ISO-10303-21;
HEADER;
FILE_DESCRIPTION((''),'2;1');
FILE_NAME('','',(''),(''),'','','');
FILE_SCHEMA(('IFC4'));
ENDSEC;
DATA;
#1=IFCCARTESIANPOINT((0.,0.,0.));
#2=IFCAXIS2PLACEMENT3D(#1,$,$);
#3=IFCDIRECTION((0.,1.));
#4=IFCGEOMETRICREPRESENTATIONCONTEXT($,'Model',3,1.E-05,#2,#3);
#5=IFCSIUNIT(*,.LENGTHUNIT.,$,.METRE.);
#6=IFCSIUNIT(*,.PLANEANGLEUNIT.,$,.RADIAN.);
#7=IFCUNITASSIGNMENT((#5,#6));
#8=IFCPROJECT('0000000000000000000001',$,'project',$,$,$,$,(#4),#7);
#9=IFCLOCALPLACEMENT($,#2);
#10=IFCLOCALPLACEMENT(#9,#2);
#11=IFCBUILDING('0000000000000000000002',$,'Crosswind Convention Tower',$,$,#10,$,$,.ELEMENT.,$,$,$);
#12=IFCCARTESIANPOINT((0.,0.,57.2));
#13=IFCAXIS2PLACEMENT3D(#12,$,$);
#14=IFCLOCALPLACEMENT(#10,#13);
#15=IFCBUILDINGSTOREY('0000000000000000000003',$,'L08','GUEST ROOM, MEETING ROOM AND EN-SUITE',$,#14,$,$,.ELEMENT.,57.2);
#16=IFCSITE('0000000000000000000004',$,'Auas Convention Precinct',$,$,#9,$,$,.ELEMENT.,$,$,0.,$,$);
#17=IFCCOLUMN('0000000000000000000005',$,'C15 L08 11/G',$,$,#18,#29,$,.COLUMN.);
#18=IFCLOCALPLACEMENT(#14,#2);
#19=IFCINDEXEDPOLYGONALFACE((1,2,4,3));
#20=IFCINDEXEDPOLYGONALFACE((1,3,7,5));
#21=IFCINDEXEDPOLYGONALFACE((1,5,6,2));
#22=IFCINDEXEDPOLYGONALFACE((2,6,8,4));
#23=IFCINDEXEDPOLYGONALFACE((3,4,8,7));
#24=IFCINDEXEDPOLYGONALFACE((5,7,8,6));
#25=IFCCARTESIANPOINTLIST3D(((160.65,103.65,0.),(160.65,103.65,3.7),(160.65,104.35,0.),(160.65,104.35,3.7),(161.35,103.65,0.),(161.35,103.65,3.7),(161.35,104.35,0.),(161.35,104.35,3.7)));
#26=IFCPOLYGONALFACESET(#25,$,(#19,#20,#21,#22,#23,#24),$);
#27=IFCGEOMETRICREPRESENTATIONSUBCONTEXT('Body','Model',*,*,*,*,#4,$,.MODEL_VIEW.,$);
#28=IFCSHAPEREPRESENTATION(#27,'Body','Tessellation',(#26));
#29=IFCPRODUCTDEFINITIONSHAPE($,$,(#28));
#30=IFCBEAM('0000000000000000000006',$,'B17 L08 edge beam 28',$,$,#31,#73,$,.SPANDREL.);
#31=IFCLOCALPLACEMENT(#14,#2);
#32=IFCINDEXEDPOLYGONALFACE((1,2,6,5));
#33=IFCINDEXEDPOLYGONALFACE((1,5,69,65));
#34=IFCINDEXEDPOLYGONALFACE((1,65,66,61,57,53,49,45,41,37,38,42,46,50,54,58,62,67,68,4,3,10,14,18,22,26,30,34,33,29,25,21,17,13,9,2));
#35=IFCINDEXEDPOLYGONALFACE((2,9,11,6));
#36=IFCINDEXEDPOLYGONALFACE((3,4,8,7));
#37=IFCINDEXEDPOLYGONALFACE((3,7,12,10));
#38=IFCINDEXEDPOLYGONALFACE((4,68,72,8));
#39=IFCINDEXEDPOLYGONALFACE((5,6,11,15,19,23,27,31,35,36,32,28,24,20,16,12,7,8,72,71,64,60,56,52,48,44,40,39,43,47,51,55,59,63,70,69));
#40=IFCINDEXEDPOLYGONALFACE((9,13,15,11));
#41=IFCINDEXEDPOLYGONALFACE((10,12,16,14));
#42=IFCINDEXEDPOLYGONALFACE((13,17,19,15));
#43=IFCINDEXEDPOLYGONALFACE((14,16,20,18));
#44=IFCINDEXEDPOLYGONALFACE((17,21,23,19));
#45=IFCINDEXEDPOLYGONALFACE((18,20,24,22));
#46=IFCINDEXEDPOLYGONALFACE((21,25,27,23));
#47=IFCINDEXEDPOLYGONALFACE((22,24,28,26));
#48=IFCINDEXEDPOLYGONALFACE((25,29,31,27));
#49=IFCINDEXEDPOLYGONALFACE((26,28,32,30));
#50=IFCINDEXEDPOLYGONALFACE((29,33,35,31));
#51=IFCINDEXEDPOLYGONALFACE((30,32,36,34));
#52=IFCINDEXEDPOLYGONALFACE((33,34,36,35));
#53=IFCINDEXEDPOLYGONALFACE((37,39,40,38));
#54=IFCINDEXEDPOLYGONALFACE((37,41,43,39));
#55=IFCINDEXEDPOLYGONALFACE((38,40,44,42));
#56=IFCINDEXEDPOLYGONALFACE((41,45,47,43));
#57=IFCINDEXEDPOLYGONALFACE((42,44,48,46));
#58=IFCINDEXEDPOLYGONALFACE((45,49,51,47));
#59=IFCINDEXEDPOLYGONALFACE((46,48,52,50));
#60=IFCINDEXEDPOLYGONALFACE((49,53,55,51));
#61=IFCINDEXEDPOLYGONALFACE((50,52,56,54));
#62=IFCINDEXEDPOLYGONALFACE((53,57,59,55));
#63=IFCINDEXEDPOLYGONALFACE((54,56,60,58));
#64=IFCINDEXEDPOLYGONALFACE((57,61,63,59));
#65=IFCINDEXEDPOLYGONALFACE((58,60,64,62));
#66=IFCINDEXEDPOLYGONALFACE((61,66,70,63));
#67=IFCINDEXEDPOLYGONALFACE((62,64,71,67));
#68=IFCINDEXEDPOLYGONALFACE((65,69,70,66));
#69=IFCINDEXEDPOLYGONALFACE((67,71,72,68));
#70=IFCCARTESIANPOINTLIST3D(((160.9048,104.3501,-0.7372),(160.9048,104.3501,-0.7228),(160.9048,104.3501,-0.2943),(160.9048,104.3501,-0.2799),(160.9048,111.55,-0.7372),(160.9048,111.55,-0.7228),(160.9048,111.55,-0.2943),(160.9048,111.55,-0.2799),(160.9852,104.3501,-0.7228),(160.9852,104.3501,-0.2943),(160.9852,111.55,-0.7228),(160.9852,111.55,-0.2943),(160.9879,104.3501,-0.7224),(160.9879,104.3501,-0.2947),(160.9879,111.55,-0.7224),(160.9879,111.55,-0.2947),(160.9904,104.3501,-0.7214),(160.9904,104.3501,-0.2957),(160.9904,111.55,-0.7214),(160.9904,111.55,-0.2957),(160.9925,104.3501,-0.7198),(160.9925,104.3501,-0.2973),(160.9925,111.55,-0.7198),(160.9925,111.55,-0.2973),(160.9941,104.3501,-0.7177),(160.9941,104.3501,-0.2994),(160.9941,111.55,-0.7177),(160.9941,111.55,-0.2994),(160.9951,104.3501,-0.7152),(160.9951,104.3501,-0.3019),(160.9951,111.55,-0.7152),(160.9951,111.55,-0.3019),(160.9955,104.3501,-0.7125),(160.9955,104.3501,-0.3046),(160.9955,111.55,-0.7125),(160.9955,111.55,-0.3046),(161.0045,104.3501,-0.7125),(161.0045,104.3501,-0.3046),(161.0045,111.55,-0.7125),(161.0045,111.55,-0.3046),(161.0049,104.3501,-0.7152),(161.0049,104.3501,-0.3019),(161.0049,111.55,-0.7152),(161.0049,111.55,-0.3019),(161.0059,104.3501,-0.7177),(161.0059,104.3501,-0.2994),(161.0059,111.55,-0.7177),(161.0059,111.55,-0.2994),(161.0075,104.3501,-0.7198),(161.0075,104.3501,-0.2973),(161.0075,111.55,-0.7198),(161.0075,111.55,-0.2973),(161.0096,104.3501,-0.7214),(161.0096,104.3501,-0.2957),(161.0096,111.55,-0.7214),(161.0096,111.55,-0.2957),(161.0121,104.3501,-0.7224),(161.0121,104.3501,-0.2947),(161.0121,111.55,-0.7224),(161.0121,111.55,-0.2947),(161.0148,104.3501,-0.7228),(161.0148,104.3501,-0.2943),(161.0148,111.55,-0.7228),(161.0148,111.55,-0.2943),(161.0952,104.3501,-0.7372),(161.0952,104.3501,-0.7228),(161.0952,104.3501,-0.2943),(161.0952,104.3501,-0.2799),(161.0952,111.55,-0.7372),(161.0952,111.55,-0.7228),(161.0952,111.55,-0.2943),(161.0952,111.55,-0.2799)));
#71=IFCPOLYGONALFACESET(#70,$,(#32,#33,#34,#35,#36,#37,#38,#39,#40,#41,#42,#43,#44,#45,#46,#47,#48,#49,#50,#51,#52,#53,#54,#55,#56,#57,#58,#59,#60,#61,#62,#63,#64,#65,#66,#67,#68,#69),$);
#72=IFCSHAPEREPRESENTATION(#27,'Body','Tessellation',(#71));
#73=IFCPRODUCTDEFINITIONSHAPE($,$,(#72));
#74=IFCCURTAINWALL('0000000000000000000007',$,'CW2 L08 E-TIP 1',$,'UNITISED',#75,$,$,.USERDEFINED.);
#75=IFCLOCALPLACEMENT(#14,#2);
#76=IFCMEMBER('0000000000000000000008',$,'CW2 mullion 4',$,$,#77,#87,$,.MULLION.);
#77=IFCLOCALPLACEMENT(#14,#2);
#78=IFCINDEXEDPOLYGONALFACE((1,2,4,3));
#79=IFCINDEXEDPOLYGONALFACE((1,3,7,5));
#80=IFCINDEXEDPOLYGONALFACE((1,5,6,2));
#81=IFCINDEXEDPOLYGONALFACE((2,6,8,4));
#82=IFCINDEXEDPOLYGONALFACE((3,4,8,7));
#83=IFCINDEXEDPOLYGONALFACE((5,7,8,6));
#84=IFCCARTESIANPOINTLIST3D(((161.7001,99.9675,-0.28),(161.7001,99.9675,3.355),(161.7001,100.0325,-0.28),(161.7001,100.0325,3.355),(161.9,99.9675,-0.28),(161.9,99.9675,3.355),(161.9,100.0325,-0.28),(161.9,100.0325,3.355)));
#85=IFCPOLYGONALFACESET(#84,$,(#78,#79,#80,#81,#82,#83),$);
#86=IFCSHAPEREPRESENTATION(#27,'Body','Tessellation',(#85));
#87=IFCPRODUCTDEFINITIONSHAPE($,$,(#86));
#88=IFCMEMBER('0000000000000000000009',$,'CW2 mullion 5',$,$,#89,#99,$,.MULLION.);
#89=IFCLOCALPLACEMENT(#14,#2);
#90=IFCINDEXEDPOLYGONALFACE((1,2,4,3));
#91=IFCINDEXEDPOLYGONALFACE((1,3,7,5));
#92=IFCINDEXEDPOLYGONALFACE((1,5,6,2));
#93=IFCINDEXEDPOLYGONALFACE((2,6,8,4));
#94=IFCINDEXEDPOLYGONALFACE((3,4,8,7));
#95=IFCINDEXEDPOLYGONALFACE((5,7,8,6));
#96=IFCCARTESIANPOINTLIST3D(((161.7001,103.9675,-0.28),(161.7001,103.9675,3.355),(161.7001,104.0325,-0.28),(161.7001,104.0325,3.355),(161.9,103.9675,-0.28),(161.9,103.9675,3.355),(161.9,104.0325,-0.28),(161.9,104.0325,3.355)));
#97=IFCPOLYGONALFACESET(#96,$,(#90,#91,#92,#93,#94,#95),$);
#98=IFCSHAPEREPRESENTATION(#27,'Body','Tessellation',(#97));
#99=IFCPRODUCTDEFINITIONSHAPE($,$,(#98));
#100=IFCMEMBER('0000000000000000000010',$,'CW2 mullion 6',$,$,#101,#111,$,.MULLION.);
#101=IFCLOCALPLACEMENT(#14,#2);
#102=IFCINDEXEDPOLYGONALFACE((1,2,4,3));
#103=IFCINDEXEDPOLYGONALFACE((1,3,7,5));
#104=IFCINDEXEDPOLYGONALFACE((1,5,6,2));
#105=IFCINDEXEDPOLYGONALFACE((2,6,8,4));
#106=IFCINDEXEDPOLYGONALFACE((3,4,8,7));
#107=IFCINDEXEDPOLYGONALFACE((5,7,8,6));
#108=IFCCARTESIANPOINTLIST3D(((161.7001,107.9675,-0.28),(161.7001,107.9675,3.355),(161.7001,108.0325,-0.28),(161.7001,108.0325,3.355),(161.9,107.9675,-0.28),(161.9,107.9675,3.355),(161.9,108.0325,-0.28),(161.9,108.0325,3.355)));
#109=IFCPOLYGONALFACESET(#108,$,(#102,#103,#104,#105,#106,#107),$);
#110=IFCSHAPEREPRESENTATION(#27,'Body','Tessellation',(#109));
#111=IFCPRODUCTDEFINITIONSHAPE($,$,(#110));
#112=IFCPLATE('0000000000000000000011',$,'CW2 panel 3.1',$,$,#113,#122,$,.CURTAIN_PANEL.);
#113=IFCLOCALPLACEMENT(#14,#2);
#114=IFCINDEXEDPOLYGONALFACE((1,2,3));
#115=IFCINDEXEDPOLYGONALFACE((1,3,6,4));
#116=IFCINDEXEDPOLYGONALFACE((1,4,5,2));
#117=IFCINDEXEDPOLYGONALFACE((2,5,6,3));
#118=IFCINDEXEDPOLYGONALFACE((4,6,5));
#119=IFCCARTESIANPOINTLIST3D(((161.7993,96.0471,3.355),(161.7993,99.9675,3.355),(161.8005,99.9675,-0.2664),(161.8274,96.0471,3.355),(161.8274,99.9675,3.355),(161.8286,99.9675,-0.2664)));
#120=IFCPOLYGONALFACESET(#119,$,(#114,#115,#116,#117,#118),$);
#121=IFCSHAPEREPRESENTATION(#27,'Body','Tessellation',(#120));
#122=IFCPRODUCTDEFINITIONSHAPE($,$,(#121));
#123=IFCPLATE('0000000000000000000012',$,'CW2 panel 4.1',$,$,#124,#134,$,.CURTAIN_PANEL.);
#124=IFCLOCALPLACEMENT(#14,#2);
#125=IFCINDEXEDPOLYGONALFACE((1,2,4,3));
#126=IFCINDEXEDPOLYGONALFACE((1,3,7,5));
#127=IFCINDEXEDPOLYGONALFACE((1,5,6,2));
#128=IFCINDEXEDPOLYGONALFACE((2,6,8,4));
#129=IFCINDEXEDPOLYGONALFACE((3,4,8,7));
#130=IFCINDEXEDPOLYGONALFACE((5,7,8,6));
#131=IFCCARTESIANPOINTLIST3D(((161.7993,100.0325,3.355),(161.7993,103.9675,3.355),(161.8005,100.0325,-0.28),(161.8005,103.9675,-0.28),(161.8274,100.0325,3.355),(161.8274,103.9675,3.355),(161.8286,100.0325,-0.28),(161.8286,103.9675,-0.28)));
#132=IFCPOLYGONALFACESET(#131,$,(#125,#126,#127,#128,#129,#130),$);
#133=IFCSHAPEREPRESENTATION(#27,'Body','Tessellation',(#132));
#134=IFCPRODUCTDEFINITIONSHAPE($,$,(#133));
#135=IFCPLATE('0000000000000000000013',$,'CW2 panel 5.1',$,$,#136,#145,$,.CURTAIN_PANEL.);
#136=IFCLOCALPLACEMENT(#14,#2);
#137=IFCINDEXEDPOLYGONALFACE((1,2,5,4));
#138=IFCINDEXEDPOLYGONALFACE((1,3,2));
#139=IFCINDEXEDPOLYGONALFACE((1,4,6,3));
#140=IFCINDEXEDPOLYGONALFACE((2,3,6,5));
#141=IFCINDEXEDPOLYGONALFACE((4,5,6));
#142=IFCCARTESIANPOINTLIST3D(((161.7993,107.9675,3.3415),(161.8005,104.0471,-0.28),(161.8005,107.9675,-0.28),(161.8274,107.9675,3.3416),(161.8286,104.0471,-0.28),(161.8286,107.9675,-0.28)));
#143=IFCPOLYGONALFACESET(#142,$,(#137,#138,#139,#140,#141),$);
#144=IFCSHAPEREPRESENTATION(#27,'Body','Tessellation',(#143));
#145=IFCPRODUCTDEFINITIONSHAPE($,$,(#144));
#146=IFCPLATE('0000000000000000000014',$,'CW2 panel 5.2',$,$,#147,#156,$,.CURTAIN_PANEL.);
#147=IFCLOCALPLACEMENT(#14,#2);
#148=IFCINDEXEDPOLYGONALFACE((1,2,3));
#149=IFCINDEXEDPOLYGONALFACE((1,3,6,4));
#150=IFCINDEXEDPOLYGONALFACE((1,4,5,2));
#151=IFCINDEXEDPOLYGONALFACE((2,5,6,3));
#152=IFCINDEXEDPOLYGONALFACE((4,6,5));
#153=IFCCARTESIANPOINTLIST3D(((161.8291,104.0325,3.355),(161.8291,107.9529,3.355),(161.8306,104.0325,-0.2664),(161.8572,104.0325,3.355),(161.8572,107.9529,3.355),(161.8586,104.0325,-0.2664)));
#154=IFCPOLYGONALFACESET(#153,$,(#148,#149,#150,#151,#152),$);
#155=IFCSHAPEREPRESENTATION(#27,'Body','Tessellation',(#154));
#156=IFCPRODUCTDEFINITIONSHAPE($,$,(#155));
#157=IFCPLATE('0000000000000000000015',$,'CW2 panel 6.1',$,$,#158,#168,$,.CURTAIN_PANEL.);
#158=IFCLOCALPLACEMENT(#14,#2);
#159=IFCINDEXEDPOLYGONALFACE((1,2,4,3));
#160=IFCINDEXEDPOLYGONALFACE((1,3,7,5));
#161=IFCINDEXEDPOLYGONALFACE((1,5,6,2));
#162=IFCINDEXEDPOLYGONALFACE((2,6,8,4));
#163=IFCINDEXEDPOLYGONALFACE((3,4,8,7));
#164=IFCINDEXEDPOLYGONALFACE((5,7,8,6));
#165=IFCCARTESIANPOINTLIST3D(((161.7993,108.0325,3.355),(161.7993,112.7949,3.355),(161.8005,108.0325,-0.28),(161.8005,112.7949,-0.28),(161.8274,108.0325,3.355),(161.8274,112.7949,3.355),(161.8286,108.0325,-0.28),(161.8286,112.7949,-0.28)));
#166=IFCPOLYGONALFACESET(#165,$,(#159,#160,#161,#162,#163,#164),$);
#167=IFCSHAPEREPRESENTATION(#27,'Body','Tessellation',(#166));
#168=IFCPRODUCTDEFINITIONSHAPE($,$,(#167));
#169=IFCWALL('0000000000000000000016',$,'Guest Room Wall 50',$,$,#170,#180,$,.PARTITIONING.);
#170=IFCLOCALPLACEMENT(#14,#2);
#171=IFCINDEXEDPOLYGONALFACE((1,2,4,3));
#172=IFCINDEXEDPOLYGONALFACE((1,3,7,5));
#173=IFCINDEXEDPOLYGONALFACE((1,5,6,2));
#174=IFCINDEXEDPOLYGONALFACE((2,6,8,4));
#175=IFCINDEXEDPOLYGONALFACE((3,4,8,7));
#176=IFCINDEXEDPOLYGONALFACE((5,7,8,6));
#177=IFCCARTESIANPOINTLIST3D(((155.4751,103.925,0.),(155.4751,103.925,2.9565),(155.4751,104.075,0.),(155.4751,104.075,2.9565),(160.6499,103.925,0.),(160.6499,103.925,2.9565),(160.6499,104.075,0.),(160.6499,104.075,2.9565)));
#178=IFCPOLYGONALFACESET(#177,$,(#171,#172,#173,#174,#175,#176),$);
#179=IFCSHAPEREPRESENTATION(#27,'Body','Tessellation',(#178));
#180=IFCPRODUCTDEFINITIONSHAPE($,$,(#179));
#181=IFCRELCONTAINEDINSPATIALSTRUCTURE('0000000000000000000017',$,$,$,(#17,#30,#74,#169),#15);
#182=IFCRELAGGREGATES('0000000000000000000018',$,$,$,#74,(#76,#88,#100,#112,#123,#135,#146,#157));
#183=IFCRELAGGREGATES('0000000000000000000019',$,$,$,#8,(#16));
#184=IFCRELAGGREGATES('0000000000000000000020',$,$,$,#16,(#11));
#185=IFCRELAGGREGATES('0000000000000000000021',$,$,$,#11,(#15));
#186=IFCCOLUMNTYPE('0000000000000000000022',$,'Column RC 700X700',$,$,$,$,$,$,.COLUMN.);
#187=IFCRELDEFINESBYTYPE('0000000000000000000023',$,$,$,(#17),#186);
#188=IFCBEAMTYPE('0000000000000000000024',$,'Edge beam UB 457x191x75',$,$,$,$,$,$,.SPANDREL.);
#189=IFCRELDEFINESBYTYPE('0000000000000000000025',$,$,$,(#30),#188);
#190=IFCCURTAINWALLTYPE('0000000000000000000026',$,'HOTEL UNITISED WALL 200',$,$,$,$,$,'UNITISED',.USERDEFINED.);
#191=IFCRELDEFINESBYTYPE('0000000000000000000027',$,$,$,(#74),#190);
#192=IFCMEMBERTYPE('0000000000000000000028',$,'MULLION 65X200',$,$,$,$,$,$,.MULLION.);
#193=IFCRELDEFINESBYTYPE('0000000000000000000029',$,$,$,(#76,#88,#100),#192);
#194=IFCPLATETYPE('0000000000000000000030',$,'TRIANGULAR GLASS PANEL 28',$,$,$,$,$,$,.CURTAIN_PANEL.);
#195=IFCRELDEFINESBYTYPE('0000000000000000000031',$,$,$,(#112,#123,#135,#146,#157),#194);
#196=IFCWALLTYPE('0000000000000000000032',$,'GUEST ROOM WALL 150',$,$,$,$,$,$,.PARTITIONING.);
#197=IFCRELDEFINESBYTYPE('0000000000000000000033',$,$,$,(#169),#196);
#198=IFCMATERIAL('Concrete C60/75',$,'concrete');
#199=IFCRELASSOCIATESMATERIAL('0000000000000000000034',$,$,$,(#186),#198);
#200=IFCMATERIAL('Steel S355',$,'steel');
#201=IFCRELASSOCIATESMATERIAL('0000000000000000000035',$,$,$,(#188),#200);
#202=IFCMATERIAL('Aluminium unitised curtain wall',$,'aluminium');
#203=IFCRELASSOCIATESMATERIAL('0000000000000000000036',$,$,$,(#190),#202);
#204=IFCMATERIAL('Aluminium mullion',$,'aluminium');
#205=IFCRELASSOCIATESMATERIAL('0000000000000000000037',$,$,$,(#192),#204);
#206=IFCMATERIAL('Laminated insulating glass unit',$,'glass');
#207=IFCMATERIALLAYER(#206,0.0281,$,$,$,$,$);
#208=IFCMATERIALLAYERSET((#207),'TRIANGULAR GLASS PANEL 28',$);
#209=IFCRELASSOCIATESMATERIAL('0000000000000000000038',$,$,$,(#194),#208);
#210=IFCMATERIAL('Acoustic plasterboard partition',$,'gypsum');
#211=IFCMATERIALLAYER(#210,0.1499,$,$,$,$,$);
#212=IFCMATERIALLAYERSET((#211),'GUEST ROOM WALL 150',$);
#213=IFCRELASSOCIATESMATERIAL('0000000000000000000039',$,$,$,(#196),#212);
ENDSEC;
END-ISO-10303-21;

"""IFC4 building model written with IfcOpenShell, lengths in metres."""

from ifc_helpers import new_model, si_unit, direction, frame, frame_2d, origin, origin_2d, place, context, subcontext, project, spatial, polyline, rectangle, i_section, outline, extrude, material, layer, layer_set, material_profile, profile_set, type_object, element, aggregate, save


model = new_model("IFC4")

# Units and contexts
model_context = context("Model", 3, precision=1e-05, world=origin(), true_north=direction((0.0, 1.0)))
body_context = subcontext(model_context, "Body", "Model", "MODEL_VIEW")
ifc_project = project(units=[si_unit("LENGTHUNIT", "METRE"), si_unit("PLANEANGLEUNIT", "RADIAN")], contexts=[model_context])

# Site, building, storey
site_placement = place(None, origin())
site = spatial("IfcSite", under=ifc_project, at=site_placement, Name="Auas Convention Precinct", CompositionType="ELEMENT", RefElevation=0.0)
building_placement = place(site_placement, origin())
building = spatial("IfcBuilding", under=site, at=building_placement, Name="Crosswind Convention Tower", CompositionType="ELEMENT")
storey_placement = place(building_placement, frame((0.0, 0.0, 57.2)))
storey = spatial("IfcBuildingStorey", under=building, at=storey_placement, Name="L08", Description="GUEST ROOM, MEETING ROOM AND EN-SUITE", CompositionType="ELEMENT", Elevation=57.2)

# Column
ifc_material_1 = material(Name="Concrete C60/75", Category="concrete")
ifc_material_profile_1 = material_profile(ifc_material_1, rectangle(XDim=0.7, YDim=0.7, at=origin_2d()), Name="RC 700X700")
ifc_profile_set_1 = profile_set([ifc_material_profile_1], Name="Concrete C60/75")
column_type = type_object("IfcColumnType", Name="Column RC 700X700", PredefinedType="COLUMN", material=ifc_profile_set_1)
column_placement = place(storey_placement, frame((161.0, 104.0, 0.0), z_axis=(0.0, 0.0, 1.0), x_axis=(1.0, 0.0, 0.0)))
element("IfcColumn", 1, at=column_placement, inside=storey, type_object=column_type, Name="C15 L08 11/G", PredefinedType="COLUMN", context=body_context, shape_type="SweptSolid", body=[
    extrude(rectangle(XDim=0.7, YDim=0.7, at=origin_2d()), origin(), (0.0, 0.0, 1.0), 3.7),
])

# Beam
ifc_material_2 = material(Name="Steel S355", Category="steel")
ifc_material_profile_2 = material_profile(ifc_material_2, i_section(OverallWidth=0.1904, OverallDepth=0.4573, WebThickness=0.009, FlangeThickness=0.0144, FilletRadius=0.0103, at=origin_2d()), Name="UB 457x191x75")
ifc_profile_set_2 = profile_set([ifc_material_profile_2], Name="Steel S355")
beam_type = type_object("IfcBeamType", Name="Edge beam UB 457x191x75", PredefinedType="SPANDREL", material=ifc_profile_set_2)
beam_placement = place(storey_placement, frame((161.0, 104.3501, -0.5085), z_axis=(0.0, 1.0, 0.0), x_axis=(-1.0, 0.0, 0.0)))
element("IfcBeam", 2, at=beam_placement, inside=storey, type_object=beam_type, Name="B17 L08 edge beam 28", PredefinedType="SPANDREL", context=body_context, shape_type="SweptSolid", body=[
    extrude(i_section(OverallWidth=0.1904, OverallDepth=0.4573, WebThickness=0.009, FlangeThickness=0.0144, FilletRadius=0.0103, at=origin_2d()), origin(), (0.0, 0.0, 1.0), 7.2),
])

# Curtain wall, members, plates
ifc_material_3 = material(Name="Aluminium unitised curtain wall", Category="aluminium")
curtain_wall_type = type_object("IfcCurtainWallType", Name="HOTEL UNITISED WALL 200", ElementType="UNITISED", PredefinedType="USERDEFINED", material=ifc_material_3)
curtain_wall_placement = place(storey_placement, origin())
curtain_wall = element("IfcCurtainWall", 3, at=curtain_wall_placement, inside=storey, type_object=curtain_wall_type, Name="CW2 L08 E-TIP 1", ObjectType="UNITISED", PredefinedType="USERDEFINED")
ifc_material_4 = material(Name="Aluminium mullion", Category="aluminium")
ifc_material_profile_3 = material_profile(ifc_material_4, rectangle(XDim=0.2, YDim=0.0649, at=origin_2d()), Name="AL 200X65")
ifc_profile_set_3 = profile_set([ifc_material_profile_3], Name="Aluminium mullion")
member_type = type_object("IfcMemberType", Name="MULLION 65X200", PredefinedType="MULLION", material=ifc_profile_set_3)
member_1_placement = place(storey_placement, frame((161.8, 100.0, -0.28), z_axis=(0.0, 0.0, 1.0), x_axis=(1.0, 0.0, 0.0)))
member_1 = element("IfcMember", 4, at=member_1_placement, type_object=member_type, Name="CW2 mullion 4", PredefinedType="MULLION", context=body_context, shape_type="SweptSolid", body=[
    extrude(rectangle(XDim=0.2, YDim=0.0649, at=origin_2d()), origin(), (0.0, 0.0, 1.0), 3.635),
])
member_2_placement = place(storey_placement, frame((161.8, 104.0, -0.28), z_axis=(0.0, 0.0, 1.0), x_axis=(1.0, 0.0, 0.0)))
member_2 = element("IfcMember", 5, at=member_2_placement, type_object=member_type, Name="CW2 mullion 5", PredefinedType="MULLION", context=body_context, shape_type="SweptSolid", body=[
    extrude(rectangle(XDim=0.2, YDim=0.0649, at=origin_2d()), origin(), (0.0, 0.0, 1.0), 3.635),
])
member_3_placement = place(storey_placement, frame((161.8, 108.0, -0.28), z_axis=(0.0, 0.0, 1.0), x_axis=(1.0, 0.0, 0.0)))
member_3 = element("IfcMember", 6, at=member_3_placement, type_object=member_type, Name="CW2 mullion 6", PredefinedType="MULLION", context=body_context, shape_type="SweptSolid", body=[
    extrude(rectangle(XDim=0.2, YDim=0.0649, at=origin_2d()), origin(), (0.0, 0.0, 1.0), 3.635),
])
ifc_material_5 = material(Name="Laminated insulating glass unit", Category="glass")
ifc_layer_1 = layer(ifc_material_5, 0.0281)
ifc_layer_set_1 = layer_set([ifc_layer_1], Name="TRIANGULAR GLASS PANEL 28")
plate_type = type_object("IfcPlateType", Name="TRIANGULAR GLASS PANEL 28", PredefinedType="CURTAIN_PANEL", material=ifc_layer_set_1)
plate_1_placement = place(storey_placement, frame((161.8274, 99.9675, 3.355), z_axis=(1.0, 0.0, 0.000337), x_axis=(0.0, -1.0, 0.0)))
plate_1 = element("IfcPlate", 7, at=plate_1_placement, type_object=plate_type, Name="CW2 panel 3.1", PredefinedType="CURTAIN_PANEL", context=body_context, shape_type="SweptSolid", body=[
    extrude(outline(polyline([(0.0, 0.0), (3.9204, 0.0), (0.0, 3.6213), (0.0, 0.0)])), origin(), (0.0, 0.0, -1.0), 0.0281),
])
plate_2_placement = place(storey_placement, frame((161.8286, 100.0325, -0.28), z_axis=(1.0, 0.0, 0.000336), x_axis=(0.0, 1.0, 0.0)))
plate_2 = element("IfcPlate", 8, at=plate_2_placement, type_object=plate_type, Name="CW2 panel 4.1", PredefinedType="CURTAIN_PANEL", context=body_context, shape_type="SweptSolid", body=[
    extrude(outline(polyline([(0.0, 0.0), (3.9351, 0.0), (3.9351, 3.635), (0.0, 3.635), (0.0, 0.0)])), origin(), (0.0, 0.0, -1.0), 0.0281),
])
plate_3_placement = place(storey_placement, frame((161.8286, 107.9675, -0.28), z_axis=(1.0, 0.0, 0.000337), x_axis=(-0.000337, 0.0, 1.0)))
plate_3 = element("IfcPlate", 9, at=plate_3_placement, type_object=plate_type, Name="CW2 panel 5.1", PredefinedType="CURTAIN_PANEL", context=body_context, shape_type="SweptSolid", body=[
    extrude(outline(polyline([(0.0, 0.0), (3.6216, 0.0), (0.0, 3.9204), (0.0, 0.0)])), origin(), (0.0, 0.0, -1.0), 0.0281),
])
plate_4_placement = place(storey_placement, frame((161.8572, 104.0325, 3.355), z_axis=(1.0, 0.0, 0.000405), x_axis=(0.000405, 0.0, -1.0)))
plate_4 = element("IfcPlate", 10, at=plate_4_placement, type_object=plate_type, Name="CW2 panel 5.2", PredefinedType="CURTAIN_PANEL", context=body_context, shape_type="SweptSolid", body=[
    extrude(outline(polyline([(0.0, 0.0), (3.6213, 0.0), (0.0, 3.9204), (0.0, 0.0)])), origin(), (0.0, 0.0, -1.0), 0.0281),
])
plate_5_placement = place(storey_placement, frame((161.8286, 108.0325, -0.28), z_axis=(1.0, 0.0, 0.000336), x_axis=(0.0, 1.0, 0.0)))
plate_5 = element("IfcPlate", 11, at=plate_5_placement, type_object=plate_type, Name="CW2 panel 6.1", PredefinedType="CURTAIN_PANEL", context=body_context, shape_type="SweptSolid", body=[
    extrude(outline(polyline([(0.0, 0.0), (4.7625, 0.0), (4.7625, 3.635), (0.0, 3.635), (0.0, 0.0)])), origin(), (0.0, 0.0, -1.0), 0.0281),
])
aggregate(curtain_wall, [member_1, member_2, member_3, plate_1, plate_2, plate_3, plate_4, plate_5])

# Wall
ifc_material_6 = material(Name="Acoustic plasterboard partition", Category="gypsum")
ifc_layer_2 = layer(ifc_material_6, 0.1499)
ifc_layer_set_2 = layer_set([ifc_layer_2], Name="GUEST ROOM WALL 150")
wall_type_1 = type_object("IfcWallType", Name="GUEST ROOM WALL 150", PredefinedType="PARTITIONING", material=ifc_layer_set_2)
wall_1_placement = place(storey_placement, frame((155.4751, 104.0, 0.0), z_axis=(0.0, 0.0, 1.0), x_axis=(1.0, 0.0, 0.0)))
element("IfcWall", 12, at=wall_1_placement, inside=storey, type_object=wall_type_1, Name="Guest Room Wall 50", PredefinedType="PARTITIONING", context=body_context, shape_type="SweptSolid", body=[
    extrude(rectangle(XDim=5.1748, YDim=0.1499, at=frame_2d((2.5874, 0.0))), origin(), (0.0, 0.0, 1.0), 2.9565),
])

save(model, "model.ifc")
